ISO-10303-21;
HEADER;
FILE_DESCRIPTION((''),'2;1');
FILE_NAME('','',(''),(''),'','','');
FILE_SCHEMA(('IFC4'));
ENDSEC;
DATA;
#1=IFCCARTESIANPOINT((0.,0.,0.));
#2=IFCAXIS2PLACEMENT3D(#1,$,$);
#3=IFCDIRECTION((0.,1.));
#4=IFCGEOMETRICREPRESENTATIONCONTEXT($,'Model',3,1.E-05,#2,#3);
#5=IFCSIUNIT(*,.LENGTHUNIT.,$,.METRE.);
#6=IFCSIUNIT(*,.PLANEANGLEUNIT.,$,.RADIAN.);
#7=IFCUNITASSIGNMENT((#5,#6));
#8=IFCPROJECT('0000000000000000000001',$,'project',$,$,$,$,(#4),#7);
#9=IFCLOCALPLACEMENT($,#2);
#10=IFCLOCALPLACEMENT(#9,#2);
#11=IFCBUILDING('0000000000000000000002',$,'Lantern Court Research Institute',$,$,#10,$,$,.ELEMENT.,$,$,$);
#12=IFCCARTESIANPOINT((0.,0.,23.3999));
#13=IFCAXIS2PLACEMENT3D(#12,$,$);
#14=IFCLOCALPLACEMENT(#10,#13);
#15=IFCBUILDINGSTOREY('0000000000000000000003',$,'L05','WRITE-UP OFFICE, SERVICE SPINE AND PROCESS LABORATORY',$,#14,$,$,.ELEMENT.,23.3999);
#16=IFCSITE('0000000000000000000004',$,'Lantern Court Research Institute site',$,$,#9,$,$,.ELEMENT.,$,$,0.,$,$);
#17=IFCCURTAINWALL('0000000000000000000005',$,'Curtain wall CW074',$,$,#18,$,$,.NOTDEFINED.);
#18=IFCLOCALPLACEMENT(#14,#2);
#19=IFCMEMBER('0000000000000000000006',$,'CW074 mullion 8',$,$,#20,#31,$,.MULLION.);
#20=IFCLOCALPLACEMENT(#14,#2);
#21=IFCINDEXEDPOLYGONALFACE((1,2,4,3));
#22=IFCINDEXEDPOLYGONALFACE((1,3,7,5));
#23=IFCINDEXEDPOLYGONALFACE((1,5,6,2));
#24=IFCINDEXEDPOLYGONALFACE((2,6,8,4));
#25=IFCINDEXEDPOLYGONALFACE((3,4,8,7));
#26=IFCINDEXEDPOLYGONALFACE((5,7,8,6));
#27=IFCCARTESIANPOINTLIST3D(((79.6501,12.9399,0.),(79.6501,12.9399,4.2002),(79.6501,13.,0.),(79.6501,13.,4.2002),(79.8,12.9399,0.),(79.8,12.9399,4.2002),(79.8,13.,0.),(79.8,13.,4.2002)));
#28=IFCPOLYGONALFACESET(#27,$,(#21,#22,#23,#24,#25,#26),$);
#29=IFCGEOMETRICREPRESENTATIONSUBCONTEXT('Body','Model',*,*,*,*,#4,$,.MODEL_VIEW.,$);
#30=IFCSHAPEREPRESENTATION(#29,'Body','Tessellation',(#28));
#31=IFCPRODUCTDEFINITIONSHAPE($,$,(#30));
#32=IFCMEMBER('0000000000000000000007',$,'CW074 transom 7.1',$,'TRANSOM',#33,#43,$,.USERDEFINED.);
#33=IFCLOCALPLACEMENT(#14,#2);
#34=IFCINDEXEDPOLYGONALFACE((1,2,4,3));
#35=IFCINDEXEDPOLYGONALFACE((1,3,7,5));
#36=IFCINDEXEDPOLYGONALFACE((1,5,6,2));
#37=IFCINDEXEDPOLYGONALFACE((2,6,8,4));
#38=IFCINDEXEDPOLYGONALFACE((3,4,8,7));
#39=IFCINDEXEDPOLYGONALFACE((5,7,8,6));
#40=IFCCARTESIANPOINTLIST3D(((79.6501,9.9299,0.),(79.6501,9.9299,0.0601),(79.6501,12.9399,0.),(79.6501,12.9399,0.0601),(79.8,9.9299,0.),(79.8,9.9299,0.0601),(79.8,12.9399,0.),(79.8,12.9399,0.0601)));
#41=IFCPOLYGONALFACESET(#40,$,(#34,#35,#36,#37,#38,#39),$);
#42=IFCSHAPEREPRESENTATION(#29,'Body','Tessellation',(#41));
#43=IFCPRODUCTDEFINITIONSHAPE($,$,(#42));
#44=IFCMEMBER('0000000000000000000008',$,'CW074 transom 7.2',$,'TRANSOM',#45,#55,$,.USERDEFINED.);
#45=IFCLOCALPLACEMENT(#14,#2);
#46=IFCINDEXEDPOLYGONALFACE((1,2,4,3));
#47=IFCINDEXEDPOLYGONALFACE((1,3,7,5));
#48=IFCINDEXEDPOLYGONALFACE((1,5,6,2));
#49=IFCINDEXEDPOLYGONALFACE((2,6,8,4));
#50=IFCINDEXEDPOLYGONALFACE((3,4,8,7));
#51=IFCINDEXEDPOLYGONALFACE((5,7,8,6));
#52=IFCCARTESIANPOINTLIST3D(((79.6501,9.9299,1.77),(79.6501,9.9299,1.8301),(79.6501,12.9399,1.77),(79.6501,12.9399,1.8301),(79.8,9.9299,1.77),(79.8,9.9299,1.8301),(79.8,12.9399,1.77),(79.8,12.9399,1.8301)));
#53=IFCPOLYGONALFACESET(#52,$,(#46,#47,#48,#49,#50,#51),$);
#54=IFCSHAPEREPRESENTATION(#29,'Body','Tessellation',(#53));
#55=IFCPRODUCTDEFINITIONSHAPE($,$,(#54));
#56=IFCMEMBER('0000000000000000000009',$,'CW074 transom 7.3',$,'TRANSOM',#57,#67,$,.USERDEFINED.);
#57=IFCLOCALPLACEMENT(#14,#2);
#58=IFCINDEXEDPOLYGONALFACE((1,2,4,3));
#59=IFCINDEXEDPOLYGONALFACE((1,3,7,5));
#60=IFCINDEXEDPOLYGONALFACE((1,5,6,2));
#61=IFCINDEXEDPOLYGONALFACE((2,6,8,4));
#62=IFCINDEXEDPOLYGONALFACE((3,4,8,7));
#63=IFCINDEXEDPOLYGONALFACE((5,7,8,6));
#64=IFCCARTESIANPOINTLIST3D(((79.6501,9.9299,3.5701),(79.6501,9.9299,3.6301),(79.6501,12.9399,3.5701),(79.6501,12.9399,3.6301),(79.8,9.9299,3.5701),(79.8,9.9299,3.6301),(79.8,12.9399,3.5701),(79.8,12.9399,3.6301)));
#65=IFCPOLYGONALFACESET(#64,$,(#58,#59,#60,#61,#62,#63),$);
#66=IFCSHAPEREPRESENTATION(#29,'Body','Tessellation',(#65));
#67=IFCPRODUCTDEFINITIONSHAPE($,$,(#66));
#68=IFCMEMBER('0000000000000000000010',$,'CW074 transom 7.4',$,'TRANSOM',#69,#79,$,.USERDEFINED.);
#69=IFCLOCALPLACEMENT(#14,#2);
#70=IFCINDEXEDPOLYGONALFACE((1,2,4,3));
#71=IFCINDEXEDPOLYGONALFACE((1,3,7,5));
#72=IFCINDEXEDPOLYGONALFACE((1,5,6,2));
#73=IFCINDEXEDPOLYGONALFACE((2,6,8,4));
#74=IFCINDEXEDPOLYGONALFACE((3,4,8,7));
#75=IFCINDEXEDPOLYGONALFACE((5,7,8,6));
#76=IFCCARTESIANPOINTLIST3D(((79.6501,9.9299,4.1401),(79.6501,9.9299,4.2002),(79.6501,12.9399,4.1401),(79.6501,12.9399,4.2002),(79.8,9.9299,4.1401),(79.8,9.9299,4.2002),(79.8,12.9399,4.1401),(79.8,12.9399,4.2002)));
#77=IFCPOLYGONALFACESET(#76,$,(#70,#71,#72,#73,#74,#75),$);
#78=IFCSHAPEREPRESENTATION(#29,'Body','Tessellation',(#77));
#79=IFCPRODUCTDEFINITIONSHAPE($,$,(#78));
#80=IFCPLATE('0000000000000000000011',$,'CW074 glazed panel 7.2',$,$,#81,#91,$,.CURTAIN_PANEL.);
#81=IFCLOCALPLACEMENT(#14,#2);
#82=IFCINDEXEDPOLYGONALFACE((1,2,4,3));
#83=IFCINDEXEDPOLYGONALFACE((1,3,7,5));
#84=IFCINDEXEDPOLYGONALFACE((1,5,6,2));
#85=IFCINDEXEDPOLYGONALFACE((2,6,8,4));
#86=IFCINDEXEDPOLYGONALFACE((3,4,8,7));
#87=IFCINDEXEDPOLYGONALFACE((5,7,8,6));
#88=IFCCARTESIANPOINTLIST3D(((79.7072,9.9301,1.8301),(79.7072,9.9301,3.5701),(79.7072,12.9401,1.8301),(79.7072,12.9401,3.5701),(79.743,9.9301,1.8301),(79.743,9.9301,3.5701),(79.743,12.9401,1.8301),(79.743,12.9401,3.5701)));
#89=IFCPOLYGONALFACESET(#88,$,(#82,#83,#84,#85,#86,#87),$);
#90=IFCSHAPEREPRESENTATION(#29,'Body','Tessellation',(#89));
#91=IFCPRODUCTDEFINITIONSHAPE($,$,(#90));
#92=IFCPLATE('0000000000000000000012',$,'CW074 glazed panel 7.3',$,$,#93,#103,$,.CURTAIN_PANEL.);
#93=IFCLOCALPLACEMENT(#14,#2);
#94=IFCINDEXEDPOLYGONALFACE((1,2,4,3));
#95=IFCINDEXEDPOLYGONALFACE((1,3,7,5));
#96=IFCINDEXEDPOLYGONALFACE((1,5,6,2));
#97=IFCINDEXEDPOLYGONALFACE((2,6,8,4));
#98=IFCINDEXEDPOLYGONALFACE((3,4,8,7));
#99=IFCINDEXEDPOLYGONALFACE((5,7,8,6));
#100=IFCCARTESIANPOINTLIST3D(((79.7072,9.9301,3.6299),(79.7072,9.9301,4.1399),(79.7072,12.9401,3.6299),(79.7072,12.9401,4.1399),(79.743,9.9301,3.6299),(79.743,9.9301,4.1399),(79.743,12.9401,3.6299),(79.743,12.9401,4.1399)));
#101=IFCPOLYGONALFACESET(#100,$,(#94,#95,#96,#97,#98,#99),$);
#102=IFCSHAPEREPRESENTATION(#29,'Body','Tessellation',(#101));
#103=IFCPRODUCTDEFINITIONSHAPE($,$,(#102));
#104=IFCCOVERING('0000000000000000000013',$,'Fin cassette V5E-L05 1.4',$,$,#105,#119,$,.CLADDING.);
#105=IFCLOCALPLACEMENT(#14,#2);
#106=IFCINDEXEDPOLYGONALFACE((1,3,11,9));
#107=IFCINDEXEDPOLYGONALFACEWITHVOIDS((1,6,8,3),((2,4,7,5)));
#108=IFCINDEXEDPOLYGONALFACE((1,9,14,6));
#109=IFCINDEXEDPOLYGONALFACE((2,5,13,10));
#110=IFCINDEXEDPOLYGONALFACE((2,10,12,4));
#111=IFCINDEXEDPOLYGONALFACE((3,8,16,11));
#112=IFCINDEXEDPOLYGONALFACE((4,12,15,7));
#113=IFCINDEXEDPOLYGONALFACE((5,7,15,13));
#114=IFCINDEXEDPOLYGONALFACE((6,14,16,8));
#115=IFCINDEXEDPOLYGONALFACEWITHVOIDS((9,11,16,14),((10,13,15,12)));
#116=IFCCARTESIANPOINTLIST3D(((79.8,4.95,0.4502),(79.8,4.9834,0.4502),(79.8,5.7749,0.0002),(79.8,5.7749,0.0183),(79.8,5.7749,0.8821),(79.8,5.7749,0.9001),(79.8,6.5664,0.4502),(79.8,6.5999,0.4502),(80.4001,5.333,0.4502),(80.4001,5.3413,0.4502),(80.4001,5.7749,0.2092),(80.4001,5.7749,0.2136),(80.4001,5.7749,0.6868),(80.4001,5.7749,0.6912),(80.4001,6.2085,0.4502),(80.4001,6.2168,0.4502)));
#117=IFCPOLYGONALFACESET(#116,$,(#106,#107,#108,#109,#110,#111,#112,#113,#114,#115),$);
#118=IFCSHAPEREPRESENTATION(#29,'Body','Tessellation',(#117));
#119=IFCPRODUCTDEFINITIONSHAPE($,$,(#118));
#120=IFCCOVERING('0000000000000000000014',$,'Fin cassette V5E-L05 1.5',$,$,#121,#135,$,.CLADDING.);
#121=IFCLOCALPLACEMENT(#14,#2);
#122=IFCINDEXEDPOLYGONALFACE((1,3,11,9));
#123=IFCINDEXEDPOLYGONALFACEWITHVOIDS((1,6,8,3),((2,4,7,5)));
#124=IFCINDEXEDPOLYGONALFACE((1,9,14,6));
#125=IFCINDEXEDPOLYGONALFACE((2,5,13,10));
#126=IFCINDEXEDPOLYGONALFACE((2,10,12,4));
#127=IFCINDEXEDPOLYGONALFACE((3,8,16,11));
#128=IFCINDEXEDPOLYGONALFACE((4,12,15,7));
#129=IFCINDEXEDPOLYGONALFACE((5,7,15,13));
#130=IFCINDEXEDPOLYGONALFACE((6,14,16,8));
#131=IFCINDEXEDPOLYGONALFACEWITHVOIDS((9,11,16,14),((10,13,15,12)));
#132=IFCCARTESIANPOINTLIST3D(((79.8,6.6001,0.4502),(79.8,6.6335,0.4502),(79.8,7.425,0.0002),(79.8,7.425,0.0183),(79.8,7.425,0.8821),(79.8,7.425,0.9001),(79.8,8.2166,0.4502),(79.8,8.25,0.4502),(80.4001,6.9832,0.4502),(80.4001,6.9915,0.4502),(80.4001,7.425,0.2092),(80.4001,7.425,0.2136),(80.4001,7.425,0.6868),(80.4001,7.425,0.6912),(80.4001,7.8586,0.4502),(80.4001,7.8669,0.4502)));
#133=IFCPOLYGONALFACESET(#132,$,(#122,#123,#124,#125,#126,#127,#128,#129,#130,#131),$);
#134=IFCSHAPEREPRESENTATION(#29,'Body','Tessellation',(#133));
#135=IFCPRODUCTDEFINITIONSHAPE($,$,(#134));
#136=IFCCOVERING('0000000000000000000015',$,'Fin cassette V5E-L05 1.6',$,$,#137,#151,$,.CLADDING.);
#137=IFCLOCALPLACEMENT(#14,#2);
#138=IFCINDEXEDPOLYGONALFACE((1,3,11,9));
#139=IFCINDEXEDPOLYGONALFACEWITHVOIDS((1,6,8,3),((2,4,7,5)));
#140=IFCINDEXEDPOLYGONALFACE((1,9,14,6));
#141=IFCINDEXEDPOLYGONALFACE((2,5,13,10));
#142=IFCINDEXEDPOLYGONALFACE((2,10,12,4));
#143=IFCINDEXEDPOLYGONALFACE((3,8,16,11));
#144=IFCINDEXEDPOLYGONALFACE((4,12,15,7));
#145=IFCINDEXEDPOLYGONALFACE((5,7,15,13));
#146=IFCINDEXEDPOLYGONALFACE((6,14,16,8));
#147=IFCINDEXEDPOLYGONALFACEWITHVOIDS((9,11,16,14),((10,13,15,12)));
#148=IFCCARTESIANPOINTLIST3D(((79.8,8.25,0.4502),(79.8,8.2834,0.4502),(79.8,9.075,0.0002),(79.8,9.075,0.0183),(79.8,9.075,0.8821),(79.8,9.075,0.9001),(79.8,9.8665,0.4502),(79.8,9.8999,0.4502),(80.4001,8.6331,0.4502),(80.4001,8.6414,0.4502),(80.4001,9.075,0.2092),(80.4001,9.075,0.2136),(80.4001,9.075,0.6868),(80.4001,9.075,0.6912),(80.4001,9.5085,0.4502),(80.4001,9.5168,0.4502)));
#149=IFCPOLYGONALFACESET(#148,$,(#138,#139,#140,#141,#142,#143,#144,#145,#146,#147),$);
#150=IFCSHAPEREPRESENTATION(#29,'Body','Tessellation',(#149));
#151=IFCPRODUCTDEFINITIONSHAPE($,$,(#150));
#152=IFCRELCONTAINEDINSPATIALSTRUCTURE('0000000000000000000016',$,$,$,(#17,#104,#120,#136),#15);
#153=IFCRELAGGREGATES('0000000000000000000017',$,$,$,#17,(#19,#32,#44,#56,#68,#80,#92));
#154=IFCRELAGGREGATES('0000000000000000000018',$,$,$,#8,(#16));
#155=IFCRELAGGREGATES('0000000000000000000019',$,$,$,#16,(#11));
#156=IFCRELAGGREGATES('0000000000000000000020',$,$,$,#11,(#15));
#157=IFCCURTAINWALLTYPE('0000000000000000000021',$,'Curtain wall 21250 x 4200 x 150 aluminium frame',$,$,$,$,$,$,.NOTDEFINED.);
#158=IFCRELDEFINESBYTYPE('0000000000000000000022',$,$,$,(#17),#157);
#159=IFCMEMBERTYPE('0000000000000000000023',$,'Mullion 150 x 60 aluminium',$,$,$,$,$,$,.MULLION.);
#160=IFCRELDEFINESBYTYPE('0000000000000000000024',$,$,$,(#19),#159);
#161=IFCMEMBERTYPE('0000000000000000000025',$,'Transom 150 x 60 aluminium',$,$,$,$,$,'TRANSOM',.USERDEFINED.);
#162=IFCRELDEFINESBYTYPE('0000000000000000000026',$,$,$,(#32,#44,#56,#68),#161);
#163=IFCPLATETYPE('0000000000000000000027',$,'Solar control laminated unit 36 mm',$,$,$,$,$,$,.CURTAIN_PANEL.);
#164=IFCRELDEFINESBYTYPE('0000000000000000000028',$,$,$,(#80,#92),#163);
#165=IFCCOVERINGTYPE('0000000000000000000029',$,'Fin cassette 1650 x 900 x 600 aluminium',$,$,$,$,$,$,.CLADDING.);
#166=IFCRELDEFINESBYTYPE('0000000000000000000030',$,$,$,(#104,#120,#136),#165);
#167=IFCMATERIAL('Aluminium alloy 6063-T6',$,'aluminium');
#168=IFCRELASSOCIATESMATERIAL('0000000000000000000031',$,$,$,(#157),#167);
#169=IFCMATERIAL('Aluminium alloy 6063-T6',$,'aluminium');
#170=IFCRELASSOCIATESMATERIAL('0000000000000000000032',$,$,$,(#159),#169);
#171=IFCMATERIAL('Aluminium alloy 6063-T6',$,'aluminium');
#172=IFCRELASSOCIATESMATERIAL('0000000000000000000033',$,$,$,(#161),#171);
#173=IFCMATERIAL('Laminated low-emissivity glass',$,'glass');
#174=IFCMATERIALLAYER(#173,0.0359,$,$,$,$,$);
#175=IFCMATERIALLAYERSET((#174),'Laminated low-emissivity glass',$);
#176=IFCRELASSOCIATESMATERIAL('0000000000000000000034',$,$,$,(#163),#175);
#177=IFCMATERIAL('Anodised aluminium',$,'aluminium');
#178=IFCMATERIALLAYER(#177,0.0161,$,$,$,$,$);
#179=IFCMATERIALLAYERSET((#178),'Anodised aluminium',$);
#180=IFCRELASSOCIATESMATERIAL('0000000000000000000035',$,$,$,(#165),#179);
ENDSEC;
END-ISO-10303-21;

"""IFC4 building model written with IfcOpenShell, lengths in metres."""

from ifc_helpers import new_model, entity, si_unit, direction, frame, origin, origin_2d, place, context, subcontext, project, spatial, rectangle, extrude, material, layer, layer_set, material_profile, profile_set, type_object, element, aggregate, save


model = new_model("IFC4")

# Units and contexts
model_context = context("Model", 3, precision=1e-05, world=origin(), true_north=direction((0.0, 1.0)))
body_context = subcontext(model_context, "Body", "Model", "MODEL_VIEW")
ifc_project = project(units=[si_unit("LENGTHUNIT", "METRE"), si_unit("PLANEANGLEUNIT", "RADIAN")], contexts=[model_context])

# Site, building, storey
site_placement = place(None, origin())
site = spatial("IfcSite", under=ifc_project, at=site_placement, Name="Lantern Court Research Institute site", CompositionType="ELEMENT", RefElevation=0.0)
building_placement = place(site_placement, origin())
building = spatial("IfcBuilding", under=site, at=building_placement, Name="Lantern Court Research Institute", CompositionType="ELEMENT")
storey_placement = place(building_placement, frame((0.0, 0.0, 23.3999)))
storey = spatial("IfcBuildingStorey", under=building, at=storey_placement, Name="L05", Description="WRITE-UP OFFICE, SERVICE SPINE AND PROCESS LABORATORY", CompositionType="ELEMENT", Elevation=23.3999)

# Curtain wall, members, plates
ifc_material_1 = material(Name="Aluminium alloy 6063-T6", Category="aluminium")
curtain_wall_type = type_object("IfcCurtainWallType", Name="Curtain wall 21250 x 4200 x 150 aluminium frame", PredefinedType="NOTDEFINED", material=ifc_material_1)
curtain_wall_placement = place(storey_placement, origin())
curtain_wall = element("IfcCurtainWall", 1, at=curtain_wall_placement, inside=storey, type_object=curtain_wall_type, Name="Curtain wall CW074", PredefinedType="NOTDEFINED")
ifc_material_2 = material(Name="Aluminium alloy 6063-T6", Category="aluminium")
ifc_material_profile_1 = material_profile(ifc_material_2, rectangle(XDim=0.1499, YDim=0.0601, at=origin_2d()), Name="Mullion 150 x 60")
ifc_profile_set_1 = profile_set([ifc_material_profile_1], Name="Aluminium alloy 6063-T6")
member_type_1 = type_object("IfcMemberType", Name="Mullion 150 x 60 aluminium", PredefinedType="MULLION", material=ifc_profile_set_1)
member_1_placement = place(storey_placement, frame((79.7251, 12.97, 0.0), z_axis=(0.0, 0.0, 1.0), x_axis=(1.0, 0.0, 0.0)))
member_1 = element("IfcMember", 2, at=member_1_placement, type_object=member_type_1, Name="CW074 mullion 8", PredefinedType="MULLION", context=body_context, shape_type="SweptSolid", body=[
    extrude(rectangle(XDim=0.1499, YDim=0.0601, at=origin_2d()), origin(), (0.0, 0.0, 1.0), 4.2002),
])
ifc_material_3 = material(Name="Aluminium alloy 6063-T6", Category="aluminium")
ifc_material_profile_2 = material_profile(ifc_material_3, rectangle(XDim=0.1499, YDim=0.0601, at=origin_2d()), Name="Transom 150 x 60")
ifc_profile_set_2 = profile_set([ifc_material_profile_2], Name="Aluminium alloy 6063-T6")
member_type_2 = type_object("IfcMemberType", Name="Transom 150 x 60 aluminium", ElementType="TRANSOM", PredefinedType="USERDEFINED", material=ifc_profile_set_2)
member_2_placement = place(storey_placement, frame((79.7251, 12.9399, 0.03), z_axis=(0.0, -1.0, 0.0), x_axis=(1.0, 0.0, 0.0)))
member_2 = element("IfcMember", 3, at=member_2_placement, type_object=member_type_2, Name="CW074 transom 7.1", ObjectType="TRANSOM", PredefinedType="USERDEFINED", context=body_context, shape_type="SweptSolid", body=[
    extrude(rectangle(XDim=0.1499, YDim=0.0601, at=origin_2d()), origin(), (0.0, 0.0, 1.0), 3.01),
])
member_3_placement = place(storey_placement, frame((79.7251, 12.9399, 1.8), z_axis=(0.0, -1.0, 0.0), x_axis=(1.0, 0.0, 0.0)))
member_3 = element("IfcMember", 4, at=member_3_placement, type_object=member_type_2, Name="CW074 transom 7.2", ObjectType="TRANSOM", PredefinedType="USERDEFINED", context=body_context, shape_type="SweptSolid", body=[
    extrude(rectangle(XDim=0.1499, YDim=0.0601, at=origin_2d()), origin(), (0.0, 0.0, 1.0), 3.01),
])
member_4_placement = place(storey_placement, frame((79.7251, 12.9399, 3.6001), z_axis=(0.0, -1.0, 0.0), x_axis=(1.0, 0.0, 0.0)))
member_4 = element("IfcMember", 5, at=member_4_placement, type_object=member_type_2, Name="CW074 transom 7.3", ObjectType="TRANSOM", PredefinedType="USERDEFINED", context=body_context, shape_type="SweptSolid", body=[
    extrude(rectangle(XDim=0.1499, YDim=0.0601, at=origin_2d()), origin(), (0.0, 0.0, 1.0), 3.01),
])
member_5_placement = place(storey_placement, frame((79.7251, 12.9399, 4.1702), z_axis=(0.0, -1.0, 0.0), x_axis=(1.0, 0.0, 0.0)))
member_5 = element("IfcMember", 6, at=member_5_placement, type_object=member_type_2, Name="CW074 transom 7.4", ObjectType="TRANSOM", PredefinedType="USERDEFINED", context=body_context, shape_type="SweptSolid", body=[
    extrude(rectangle(XDim=0.1499, YDim=0.0601, at=origin_2d()), origin(), (0.0, 0.0, 1.0), 3.01),
])
ifc_material_4 = material(Name="Laminated low-emissivity glass", Category="glass")
ifc_layer_1 = layer(ifc_material_4, 0.0359)
ifc_layer_set_1 = layer_set([ifc_layer_1], Name="Laminated low-emissivity glass")
plate_type = type_object("IfcPlateType", Name="Solar control laminated unit 36 mm", PredefinedType="CURTAIN_PANEL", material=ifc_layer_set_1)
plate_1_placement = place(storey_placement, frame((79.7251, 11.4351, 1.8301), z_axis=(0.0, 0.0, 1.0), x_axis=(0.0, -1.0, 0.0)))
plate_1 = element("IfcPlate", 7, at=plate_1_placement, type_object=plate_type, Name="CW074 glazed panel 7.2", PredefinedType="CURTAIN_PANEL", context=body_context, shape_type="SweptSolid", body=[
    extrude(rectangle(XDim=3.01, YDim=0.0359, at=origin_2d()), origin(), (0.0, 0.0, 1.0), 1.74),
])
plate_2_placement = place(storey_placement, frame((79.7251, 11.4351, 3.6299), z_axis=(0.0, 0.0, 1.0), x_axis=(0.0, -1.0, 0.0)))
plate_2 = element("IfcPlate", 8, at=plate_2_placement, type_object=plate_type, Name="CW074 glazed panel 7.3", PredefinedType="CURTAIN_PANEL", context=body_context, shape_type="SweptSolid", body=[
    extrude(rectangle(XDim=3.01, YDim=0.0359, at=origin_2d()), origin(), (0.0, 0.0, 1.0), 0.51),
])
aggregate(curtain_wall, [member_1, member_2, member_3, member_4, member_5, plate_1, plate_2])

# Coverings
ifc_material_5 = material(Name="Anodised aluminium", Category="aluminium")
ifc_layer_2 = layer(ifc_material_5, 0.0161)
ifc_layer_set_2 = layer_set([ifc_layer_2], Name="Anodised aluminium")
covering_type = type_object("IfcCoveringType", Name="Fin cassette 1650 x 900 x 600 aluminium", PredefinedType="CLADDING", material=ifc_layer_set_2)
covering_1_placement = place(storey_placement, frame((79.8, 5.7749, 0.4502), z_axis=(1.0, 0.0, 0.0), x_axis=(0.0, 1.0, 0.0)))
cartesian_point_1 = entity("IfcCartesianPoint", [0.825, 0.0])
cartesian_point_2 = entity("IfcCartesianPoint", [0.7915, 0.0])
cartesian_point_3 = entity("IfcCartesianPoint", [0.4419, 0.0])
cartesian_point_4 = entity("IfcCartesianPoint", [0.4336, 0.0])
element("IfcCovering", 9, at=covering_1_placement, inside=storey, type_object=covering_type, Name="Fin cassette V5E-L05 1.4", PredefinedType="CLADDING", context=body_context, shape_type="SweptSolid", body=[
    entity("IfcExtrudedAreaSolidTapered", entity("IfcArbitraryProfileDefWithVoids", "AREA", None, entity("IfcPolyline", [cartesian_point_1, entity("IfcCartesianPoint", [0.0, 0.45]), entity("IfcCartesianPoint", [-0.825, 0.0]), entity("IfcCartesianPoint", [0.0, -0.45]), cartesian_point_1]), [entity("IfcPolyline", [cartesian_point_2, entity("IfcCartesianPoint", [0.0, 0.4319]), entity("IfcCartesianPoint", [-0.7915, 0.0]), entity("IfcCartesianPoint", [0.0, -0.4319]), cartesian_point_2])]), entity("IfcAxis2Placement3D", entity("IfcCartesianPoint", [0.0, 0.0, 0.0])), entity("IfcDirection", [0.0, 0.0, 1.0]), 0.6001, entity("IfcArbitraryProfileDefWithVoids", "AREA", None, entity("IfcPolyline", [cartesian_point_3, entity("IfcCartesianPoint", [0.0, 0.241]), entity("IfcCartesianPoint", [-0.4419, 0.0]), entity("IfcCartesianPoint", [0.0, -0.241]), cartesian_point_3]), [entity("IfcPolyline", [cartesian_point_4, entity("IfcCartesianPoint", [0.0, 0.2366]), entity("IfcCartesianPoint", [-0.4336, 0.0]), entity("IfcCartesianPoint", [0.0, -0.2366]), cartesian_point_4])])),
])
covering_2_placement = place(storey_placement, frame((79.8, 7.425, 0.4502), z_axis=(1.0, 0.0, 0.0), x_axis=(0.0, 1.0, 0.0)))
cartesian_point_5 = entity("IfcCartesianPoint", [0.825, 0.0])
cartesian_point_6 = entity("IfcCartesianPoint", [0.7915, 0.0])
cartesian_point_7 = entity("IfcCartesianPoint", [0.4419, 0.0])
cartesian_point_8 = entity("IfcCartesianPoint", [0.4336, 0.0])
element("IfcCovering", 10, at=covering_2_placement, inside=storey, type_object=covering_type, Name="Fin cassette V5E-L05 1.5", PredefinedType="CLADDING", context=body_context, shape_type="SweptSolid", body=[
    entity("IfcExtrudedAreaSolidTapered", entity("IfcArbitraryProfileDefWithVoids", "AREA", None, entity("IfcPolyline", [cartesian_point_5, entity("IfcCartesianPoint", [0.0, 0.45]), entity("IfcCartesianPoint", [-0.825, 0.0]), entity("IfcCartesianPoint", [0.0, -0.45]), cartesian_point_5]), [entity("IfcPolyline", [cartesian_point_6, entity("IfcCartesianPoint", [0.0, 0.4319]), entity("IfcCartesianPoint", [-0.7915, 0.0]), entity("IfcCartesianPoint", [0.0, -0.4319]), cartesian_point_6])]), entity("IfcAxis2Placement3D", entity("IfcCartesianPoint", [0.0, 0.0, 0.0])), entity("IfcDirection", [0.0, 0.0, 1.0]), 0.6001, entity("IfcArbitraryProfileDefWithVoids", "AREA", None, entity("IfcPolyline", [cartesian_point_7, entity("IfcCartesianPoint", [0.0, 0.241]), entity("IfcCartesianPoint", [-0.4419, 0.0]), entity("IfcCartesianPoint", [0.0, -0.241]), cartesian_point_7]), [entity("IfcPolyline", [cartesian_point_8, entity("IfcCartesianPoint", [0.0, 0.2366]), entity("IfcCartesianPoint", [-0.4336, 0.0]), entity("IfcCartesianPoint", [0.0, -0.2366]), cartesian_point_8])])),
])
covering_3_placement = place(storey_placement, frame((79.8, 9.075, 0.4502), z_axis=(1.0, 0.0, 0.0), x_axis=(0.0, 1.0, 0.0)))
cartesian_point_9 = entity("IfcCartesianPoint", [0.825, 0.0])
cartesian_point_10 = entity("IfcCartesianPoint", [0.7915, 0.0])
cartesian_point_11 = entity("IfcCartesianPoint", [0.4419, 0.0])
cartesian_point_12 = entity("IfcCartesianPoint", [0.4336, 0.0])
element("IfcCovering", 11, at=covering_3_placement, inside=storey, type_object=covering_type, Name="Fin cassette V5E-L05 1.6", PredefinedType="CLADDING", context=body_context, shape_type="SweptSolid", body=[
    entity("IfcExtrudedAreaSolidTapered", entity("IfcArbitraryProfileDefWithVoids", "AREA", None, entity("IfcPolyline", [cartesian_point_9, entity("IfcCartesianPoint", [0.0, 0.45]), entity("IfcCartesianPoint", [-0.825, 0.0]), entity("IfcCartesianPoint", [0.0, -0.45]), cartesian_point_9]), [entity("IfcPolyline", [cartesian_point_10, entity("IfcCartesianPoint", [0.0, 0.4319]), entity("IfcCartesianPoint", [-0.7915, 0.0]), entity("IfcCartesianPoint", [0.0, -0.4319]), cartesian_point_10])]), entity("IfcAxis2Placement3D", entity("IfcCartesianPoint", [0.0, 0.0, 0.0])), entity("IfcDirection", [0.0, 0.0, 1.0]), 0.6001, entity("IfcArbitraryProfileDefWithVoids", "AREA", None, entity("IfcPolyline", [cartesian_point_11, entity("IfcCartesianPoint", [0.0, 0.241]), entity("IfcCartesianPoint", [-0.4419, 0.0]), entity("IfcCartesianPoint", [0.0, -0.241]), cartesian_point_11]), [entity("IfcPolyline", [cartesian_point_12, entity("IfcCartesianPoint", [0.0, 0.2366]), entity("IfcCartesianPoint", [-0.4336, 0.0]), entity("IfcCartesianPoint", [0.0, -0.2366]), cartesian_point_12])])),
])

save(model, "model.ifc")
